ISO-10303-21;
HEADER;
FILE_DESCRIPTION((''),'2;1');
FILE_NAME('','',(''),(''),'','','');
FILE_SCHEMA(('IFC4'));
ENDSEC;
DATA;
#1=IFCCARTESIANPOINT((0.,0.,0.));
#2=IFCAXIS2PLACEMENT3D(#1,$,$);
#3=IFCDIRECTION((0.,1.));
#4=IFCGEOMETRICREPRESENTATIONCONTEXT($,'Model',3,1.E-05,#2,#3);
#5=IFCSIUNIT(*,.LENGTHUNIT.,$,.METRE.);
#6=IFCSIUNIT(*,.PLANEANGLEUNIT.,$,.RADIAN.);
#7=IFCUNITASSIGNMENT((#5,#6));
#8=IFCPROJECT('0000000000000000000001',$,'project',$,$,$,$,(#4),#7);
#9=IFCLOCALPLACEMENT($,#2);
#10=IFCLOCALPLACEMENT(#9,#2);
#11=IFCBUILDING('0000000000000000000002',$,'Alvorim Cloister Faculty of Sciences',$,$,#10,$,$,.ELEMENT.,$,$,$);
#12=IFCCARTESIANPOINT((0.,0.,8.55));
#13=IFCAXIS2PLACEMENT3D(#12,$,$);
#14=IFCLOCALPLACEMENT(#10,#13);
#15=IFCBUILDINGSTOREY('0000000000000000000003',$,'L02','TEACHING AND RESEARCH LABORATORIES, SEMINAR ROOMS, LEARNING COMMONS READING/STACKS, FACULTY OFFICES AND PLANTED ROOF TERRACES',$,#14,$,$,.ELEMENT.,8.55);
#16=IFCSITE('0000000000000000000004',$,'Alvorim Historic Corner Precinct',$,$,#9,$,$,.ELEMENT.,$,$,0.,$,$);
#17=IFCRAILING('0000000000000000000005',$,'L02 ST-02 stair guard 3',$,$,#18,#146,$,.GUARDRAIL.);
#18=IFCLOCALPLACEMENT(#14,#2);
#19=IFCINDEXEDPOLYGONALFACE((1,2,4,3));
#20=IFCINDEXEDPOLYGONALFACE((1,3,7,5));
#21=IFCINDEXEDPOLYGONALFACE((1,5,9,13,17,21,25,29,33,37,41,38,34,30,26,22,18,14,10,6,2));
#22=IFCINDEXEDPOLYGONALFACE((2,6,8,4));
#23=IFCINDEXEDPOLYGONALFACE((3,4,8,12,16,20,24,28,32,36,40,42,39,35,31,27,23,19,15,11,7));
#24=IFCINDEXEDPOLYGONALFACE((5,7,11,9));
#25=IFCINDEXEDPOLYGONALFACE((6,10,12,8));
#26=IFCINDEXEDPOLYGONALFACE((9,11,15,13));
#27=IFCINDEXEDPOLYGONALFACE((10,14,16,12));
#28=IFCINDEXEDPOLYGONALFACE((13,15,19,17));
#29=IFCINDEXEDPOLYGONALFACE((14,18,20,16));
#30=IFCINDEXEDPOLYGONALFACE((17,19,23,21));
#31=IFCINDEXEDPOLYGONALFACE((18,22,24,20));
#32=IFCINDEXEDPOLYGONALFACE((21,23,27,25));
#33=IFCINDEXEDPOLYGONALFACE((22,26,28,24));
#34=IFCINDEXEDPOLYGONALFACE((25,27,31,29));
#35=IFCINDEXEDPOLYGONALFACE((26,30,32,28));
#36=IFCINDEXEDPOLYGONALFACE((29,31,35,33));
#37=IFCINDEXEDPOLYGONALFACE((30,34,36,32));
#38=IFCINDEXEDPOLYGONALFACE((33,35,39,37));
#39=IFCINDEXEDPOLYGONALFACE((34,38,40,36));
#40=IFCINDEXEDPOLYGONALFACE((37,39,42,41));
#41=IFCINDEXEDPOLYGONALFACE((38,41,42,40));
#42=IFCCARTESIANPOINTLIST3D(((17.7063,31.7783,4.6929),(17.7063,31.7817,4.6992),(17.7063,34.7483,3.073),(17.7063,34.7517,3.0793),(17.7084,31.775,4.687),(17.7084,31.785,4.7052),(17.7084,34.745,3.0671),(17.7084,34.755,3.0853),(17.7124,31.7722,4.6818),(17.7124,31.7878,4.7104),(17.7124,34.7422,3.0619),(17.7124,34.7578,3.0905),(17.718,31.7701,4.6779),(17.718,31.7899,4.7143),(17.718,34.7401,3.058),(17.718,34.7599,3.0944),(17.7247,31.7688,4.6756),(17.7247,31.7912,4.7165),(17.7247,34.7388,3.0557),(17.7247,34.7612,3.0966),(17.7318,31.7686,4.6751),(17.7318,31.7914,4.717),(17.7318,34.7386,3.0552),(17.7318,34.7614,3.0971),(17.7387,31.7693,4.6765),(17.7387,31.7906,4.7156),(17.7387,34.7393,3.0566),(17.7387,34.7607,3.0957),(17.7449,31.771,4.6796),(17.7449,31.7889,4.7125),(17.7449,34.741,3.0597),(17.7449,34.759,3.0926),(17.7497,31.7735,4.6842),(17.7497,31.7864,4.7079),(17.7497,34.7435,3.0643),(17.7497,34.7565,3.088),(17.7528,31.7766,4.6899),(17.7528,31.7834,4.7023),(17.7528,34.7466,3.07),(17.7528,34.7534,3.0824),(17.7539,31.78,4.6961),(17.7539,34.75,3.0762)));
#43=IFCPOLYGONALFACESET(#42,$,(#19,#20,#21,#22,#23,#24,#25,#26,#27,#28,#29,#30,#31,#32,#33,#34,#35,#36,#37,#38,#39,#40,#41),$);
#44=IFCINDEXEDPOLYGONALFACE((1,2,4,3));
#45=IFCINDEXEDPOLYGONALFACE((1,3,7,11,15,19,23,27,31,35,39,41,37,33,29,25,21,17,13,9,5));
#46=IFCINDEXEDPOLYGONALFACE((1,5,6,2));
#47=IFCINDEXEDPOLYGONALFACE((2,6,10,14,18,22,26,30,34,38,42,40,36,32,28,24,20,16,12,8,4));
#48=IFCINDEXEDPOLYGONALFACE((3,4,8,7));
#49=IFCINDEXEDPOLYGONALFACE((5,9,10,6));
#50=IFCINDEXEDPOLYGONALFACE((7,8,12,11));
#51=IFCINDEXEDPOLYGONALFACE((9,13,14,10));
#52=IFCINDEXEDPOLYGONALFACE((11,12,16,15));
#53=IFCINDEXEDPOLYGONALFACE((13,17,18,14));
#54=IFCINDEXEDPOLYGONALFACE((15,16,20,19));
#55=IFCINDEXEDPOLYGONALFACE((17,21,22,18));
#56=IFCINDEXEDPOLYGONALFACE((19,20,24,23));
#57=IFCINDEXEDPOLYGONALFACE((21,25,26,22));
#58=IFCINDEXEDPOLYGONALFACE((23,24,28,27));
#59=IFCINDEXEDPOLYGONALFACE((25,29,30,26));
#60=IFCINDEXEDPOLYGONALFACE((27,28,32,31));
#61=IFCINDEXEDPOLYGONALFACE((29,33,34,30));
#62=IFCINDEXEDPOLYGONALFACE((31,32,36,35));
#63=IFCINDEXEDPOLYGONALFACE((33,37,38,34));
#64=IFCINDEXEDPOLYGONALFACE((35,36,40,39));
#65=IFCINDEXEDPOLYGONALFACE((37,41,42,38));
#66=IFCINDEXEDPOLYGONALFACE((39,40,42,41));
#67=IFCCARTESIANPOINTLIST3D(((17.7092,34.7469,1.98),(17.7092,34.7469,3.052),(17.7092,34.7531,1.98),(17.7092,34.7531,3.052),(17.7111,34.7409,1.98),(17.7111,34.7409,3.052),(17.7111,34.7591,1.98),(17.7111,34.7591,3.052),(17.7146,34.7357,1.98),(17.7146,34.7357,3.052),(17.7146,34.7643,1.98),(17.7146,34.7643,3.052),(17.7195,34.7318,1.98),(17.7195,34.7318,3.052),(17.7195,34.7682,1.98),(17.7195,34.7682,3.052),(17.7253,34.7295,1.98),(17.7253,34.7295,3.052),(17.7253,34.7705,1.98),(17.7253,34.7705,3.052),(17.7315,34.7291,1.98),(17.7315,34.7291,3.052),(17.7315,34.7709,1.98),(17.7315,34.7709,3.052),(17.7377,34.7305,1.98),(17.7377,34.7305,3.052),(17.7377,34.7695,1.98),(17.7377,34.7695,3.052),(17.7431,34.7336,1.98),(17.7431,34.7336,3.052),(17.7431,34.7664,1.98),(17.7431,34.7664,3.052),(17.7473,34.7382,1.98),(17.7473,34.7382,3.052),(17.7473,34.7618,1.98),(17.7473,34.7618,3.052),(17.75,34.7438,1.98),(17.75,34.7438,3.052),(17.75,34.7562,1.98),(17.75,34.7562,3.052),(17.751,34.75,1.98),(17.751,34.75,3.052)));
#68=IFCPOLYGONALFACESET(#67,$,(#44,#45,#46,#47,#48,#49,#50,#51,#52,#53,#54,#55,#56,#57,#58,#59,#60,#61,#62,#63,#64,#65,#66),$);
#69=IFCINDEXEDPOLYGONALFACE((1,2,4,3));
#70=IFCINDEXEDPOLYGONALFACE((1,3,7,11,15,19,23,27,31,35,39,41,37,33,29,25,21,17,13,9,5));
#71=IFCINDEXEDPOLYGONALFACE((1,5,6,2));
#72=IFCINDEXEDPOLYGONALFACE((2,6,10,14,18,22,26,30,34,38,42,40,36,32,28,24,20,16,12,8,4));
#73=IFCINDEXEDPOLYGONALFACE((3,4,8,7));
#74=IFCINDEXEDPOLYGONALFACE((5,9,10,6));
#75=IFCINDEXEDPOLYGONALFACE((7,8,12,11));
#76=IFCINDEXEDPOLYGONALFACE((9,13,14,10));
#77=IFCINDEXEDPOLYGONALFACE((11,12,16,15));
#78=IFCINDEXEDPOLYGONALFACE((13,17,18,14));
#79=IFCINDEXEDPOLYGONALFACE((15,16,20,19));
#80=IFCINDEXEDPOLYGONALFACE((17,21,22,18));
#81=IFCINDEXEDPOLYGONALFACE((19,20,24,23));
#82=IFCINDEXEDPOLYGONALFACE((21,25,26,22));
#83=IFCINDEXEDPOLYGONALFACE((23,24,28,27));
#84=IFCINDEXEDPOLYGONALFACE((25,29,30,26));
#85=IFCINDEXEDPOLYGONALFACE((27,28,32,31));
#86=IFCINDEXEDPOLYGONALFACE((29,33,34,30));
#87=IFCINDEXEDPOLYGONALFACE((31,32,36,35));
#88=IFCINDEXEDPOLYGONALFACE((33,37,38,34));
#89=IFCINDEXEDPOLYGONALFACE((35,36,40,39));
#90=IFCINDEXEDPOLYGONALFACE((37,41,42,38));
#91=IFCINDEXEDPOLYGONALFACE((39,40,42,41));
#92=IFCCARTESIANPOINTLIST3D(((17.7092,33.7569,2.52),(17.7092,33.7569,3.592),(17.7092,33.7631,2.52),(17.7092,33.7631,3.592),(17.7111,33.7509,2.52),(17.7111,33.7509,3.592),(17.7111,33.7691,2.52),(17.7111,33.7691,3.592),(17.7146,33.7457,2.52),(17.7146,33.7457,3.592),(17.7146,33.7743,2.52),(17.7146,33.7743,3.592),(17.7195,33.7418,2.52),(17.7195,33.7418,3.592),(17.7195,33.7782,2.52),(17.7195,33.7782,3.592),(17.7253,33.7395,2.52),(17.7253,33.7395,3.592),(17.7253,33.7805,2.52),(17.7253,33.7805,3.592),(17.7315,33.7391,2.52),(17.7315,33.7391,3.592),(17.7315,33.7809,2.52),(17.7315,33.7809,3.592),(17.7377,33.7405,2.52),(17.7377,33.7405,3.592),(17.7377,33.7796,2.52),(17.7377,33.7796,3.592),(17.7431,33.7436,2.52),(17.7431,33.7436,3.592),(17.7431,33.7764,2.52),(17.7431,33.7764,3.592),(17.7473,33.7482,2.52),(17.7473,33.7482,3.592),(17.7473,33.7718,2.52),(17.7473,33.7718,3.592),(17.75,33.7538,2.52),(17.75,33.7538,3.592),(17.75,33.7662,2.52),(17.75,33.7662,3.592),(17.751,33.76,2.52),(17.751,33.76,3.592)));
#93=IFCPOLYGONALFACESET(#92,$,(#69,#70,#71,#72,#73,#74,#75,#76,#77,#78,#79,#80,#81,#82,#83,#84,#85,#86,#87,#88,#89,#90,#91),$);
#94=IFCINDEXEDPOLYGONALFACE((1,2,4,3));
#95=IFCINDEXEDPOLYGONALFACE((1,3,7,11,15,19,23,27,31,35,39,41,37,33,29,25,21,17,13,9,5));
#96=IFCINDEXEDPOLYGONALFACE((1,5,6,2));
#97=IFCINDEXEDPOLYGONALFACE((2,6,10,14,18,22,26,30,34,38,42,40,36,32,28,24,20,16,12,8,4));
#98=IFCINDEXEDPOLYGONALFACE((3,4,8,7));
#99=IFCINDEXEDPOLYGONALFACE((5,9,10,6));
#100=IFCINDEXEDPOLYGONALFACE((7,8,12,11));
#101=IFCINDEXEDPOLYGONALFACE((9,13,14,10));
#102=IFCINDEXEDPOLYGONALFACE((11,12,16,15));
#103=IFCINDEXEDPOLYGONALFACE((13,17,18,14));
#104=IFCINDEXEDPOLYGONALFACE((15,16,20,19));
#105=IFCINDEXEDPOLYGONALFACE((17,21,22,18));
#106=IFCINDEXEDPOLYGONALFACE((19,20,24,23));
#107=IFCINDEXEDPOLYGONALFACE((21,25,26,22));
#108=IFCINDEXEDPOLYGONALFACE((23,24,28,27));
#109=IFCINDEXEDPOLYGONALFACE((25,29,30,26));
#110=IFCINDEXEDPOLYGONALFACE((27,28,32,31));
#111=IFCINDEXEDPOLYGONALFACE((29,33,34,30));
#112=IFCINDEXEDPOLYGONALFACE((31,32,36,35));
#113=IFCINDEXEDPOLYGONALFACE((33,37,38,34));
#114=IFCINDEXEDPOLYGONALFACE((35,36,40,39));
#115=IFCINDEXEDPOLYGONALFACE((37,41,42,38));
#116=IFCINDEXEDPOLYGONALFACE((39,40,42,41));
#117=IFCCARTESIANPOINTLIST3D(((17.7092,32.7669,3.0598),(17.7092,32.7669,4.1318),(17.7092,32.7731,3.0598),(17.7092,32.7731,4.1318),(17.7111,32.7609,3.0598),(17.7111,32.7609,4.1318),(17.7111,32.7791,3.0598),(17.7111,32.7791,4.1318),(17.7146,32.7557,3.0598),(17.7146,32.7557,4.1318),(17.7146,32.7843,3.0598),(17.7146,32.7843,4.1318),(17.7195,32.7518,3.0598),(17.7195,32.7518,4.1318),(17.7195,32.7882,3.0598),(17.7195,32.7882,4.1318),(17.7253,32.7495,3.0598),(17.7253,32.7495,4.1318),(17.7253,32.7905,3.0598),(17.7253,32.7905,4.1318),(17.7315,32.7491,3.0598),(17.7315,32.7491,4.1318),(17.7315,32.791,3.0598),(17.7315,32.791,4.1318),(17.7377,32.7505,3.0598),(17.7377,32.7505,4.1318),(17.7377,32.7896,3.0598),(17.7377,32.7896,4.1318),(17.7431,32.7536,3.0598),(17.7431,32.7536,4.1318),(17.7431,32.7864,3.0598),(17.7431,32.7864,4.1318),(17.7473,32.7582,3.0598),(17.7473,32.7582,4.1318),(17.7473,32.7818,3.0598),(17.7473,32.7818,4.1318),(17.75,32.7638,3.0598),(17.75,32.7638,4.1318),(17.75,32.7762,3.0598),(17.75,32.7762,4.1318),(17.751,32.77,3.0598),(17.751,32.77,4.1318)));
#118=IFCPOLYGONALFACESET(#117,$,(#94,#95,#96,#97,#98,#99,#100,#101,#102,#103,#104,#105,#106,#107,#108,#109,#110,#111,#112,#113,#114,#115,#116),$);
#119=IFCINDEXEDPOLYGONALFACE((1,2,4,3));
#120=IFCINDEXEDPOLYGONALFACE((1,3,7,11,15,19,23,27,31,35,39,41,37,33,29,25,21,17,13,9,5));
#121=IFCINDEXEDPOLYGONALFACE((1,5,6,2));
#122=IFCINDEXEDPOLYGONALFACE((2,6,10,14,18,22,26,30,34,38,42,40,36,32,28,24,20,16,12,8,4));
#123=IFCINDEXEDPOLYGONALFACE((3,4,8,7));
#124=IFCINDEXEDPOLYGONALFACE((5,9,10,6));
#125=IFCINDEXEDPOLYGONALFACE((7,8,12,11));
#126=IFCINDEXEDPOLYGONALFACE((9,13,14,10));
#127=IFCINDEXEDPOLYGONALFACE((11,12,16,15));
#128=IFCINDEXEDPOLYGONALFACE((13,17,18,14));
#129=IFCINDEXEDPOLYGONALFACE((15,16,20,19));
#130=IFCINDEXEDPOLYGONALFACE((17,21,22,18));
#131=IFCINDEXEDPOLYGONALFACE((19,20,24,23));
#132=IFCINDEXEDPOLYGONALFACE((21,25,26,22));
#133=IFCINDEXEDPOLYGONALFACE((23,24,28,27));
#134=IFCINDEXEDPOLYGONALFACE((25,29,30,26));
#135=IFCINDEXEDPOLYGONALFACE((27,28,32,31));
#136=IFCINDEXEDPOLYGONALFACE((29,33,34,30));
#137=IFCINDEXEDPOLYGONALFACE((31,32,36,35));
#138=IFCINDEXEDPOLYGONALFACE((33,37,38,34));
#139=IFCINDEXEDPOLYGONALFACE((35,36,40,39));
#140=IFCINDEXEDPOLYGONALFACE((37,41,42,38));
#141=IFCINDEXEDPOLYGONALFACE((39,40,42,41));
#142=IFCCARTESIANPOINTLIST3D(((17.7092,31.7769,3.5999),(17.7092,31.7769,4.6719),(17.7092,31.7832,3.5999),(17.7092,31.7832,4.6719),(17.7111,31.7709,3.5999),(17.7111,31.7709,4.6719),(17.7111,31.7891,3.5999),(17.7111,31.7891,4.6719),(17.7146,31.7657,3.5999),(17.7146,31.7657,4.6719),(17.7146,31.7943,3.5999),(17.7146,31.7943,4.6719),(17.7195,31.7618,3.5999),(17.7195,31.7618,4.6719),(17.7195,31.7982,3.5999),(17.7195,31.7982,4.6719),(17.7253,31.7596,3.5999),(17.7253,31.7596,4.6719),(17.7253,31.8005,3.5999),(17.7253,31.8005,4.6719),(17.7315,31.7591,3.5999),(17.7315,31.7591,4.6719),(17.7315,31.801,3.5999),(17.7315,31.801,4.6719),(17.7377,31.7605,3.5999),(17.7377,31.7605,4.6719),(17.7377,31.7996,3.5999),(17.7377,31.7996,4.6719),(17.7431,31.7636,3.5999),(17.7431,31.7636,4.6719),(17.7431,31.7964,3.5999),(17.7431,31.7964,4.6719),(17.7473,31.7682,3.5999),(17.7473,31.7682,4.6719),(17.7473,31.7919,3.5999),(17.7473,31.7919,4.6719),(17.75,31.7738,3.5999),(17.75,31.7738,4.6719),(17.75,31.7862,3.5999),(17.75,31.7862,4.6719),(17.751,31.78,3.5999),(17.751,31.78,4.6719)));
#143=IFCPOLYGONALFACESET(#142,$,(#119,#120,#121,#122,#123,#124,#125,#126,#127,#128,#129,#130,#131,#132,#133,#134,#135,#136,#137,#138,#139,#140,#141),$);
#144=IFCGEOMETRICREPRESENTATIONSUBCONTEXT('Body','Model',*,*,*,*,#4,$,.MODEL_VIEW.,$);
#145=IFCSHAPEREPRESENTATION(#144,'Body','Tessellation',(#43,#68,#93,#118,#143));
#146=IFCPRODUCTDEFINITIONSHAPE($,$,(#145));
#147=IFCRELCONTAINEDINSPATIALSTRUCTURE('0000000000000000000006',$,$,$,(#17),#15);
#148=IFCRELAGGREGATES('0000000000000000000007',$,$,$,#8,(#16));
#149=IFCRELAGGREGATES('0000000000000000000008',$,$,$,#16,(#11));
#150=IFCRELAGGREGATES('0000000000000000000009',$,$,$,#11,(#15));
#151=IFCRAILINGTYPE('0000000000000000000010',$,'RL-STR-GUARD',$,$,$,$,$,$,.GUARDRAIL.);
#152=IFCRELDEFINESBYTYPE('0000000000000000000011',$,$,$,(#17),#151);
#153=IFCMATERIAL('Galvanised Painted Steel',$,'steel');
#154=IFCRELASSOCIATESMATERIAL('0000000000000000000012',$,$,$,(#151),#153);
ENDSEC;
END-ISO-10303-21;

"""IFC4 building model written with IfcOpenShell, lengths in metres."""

from ifc_helpers import new_model, si_unit, direction, frame, origin, origin_2d, place, context, subcontext, project, spatial, circle, extrude, material, type_object, element, save


model = new_model("IFC4")

# Units and contexts
model_context = context("Model", 3, precision=1e-05, world=origin(), true_north=direction((0.0, 1.0)))
body_context = subcontext(model_context, "Body", "Model", "MODEL_VIEW")
ifc_project = project(units=[si_unit("LENGTHUNIT", "METRE"), si_unit("PLANEANGLEUNIT", "RADIAN")], contexts=[model_context])

# Site, building, storey
site_placement = place(None, origin())
site = spatial("IfcSite", under=ifc_project, at=site_placement, Name="Alvorim Historic Corner Precinct", CompositionType="ELEMENT", RefElevation=0.0)
building_placement = place(site_placement, origin())
building = spatial("IfcBuilding", under=site, at=building_placement, Name="Alvorim Cloister Faculty of Sciences", CompositionType="ELEMENT")
storey_placement = place(building_placement, frame((0.0, 0.0, 8.55)))
storey = spatial("IfcBuildingStorey", under=building, at=storey_placement, Name="L02", Description="TEACHING AND RESEARCH LABORATORIES, SEMINAR ROOMS, LEARNING COMMONS READING/STACKS, FACULTY OFFICES AND PLANTED ROOF TERRACES", CompositionType="ELEMENT", Elevation=8.55)

# Railing
ifc_material_1 = material(Name="Galvanised Painted Steel", Category="steel")
railing_type_1 = type_object("IfcRailingType", Name="RL-STR-GUARD", PredefinedType="GUARDRAIL", material=ifc_material_1)
railing_1_placement = place(storey_placement, frame((17.73, 34.75, 1.98)))
element("IfcRailing", 1, at=railing_1_placement, inside=storey, type_object=railing_type_1, Name="L02 ST-02 stair guard 3", PredefinedType="GUARDRAIL", context=body_context, shape_type="SweptSolid", body=[
    extrude(circle(Radius=0.0239, at=origin_2d()), frame((0.0, 0.0, 1.0962), z_axis=(0.0, -0.877909, 0.478827), x_axis=(1.0, 0.0, 0.0)), (0.0, 0.0, 1.0), 3.3831),
    extrude(circle(Radius=0.021, at=origin_2d()), origin(), (0.0, 0.0, 1.0), 1.072),
    extrude(circle(Radius=0.021, at=origin_2d()), frame((0.0, -0.99, 0.54)), (0.0, 0.0, 1.0), 1.072),
    extrude(circle(Radius=0.021, at=origin_2d()), frame((0.0, -1.98, 1.0798)), (0.0, 0.0, 1.0), 1.072),
    extrude(circle(Radius=0.021, at=origin_2d()), frame((0.0, -2.97, 1.6199)), (0.0, 0.0, 1.0), 1.072),
])

save(model, "model.ifc")
